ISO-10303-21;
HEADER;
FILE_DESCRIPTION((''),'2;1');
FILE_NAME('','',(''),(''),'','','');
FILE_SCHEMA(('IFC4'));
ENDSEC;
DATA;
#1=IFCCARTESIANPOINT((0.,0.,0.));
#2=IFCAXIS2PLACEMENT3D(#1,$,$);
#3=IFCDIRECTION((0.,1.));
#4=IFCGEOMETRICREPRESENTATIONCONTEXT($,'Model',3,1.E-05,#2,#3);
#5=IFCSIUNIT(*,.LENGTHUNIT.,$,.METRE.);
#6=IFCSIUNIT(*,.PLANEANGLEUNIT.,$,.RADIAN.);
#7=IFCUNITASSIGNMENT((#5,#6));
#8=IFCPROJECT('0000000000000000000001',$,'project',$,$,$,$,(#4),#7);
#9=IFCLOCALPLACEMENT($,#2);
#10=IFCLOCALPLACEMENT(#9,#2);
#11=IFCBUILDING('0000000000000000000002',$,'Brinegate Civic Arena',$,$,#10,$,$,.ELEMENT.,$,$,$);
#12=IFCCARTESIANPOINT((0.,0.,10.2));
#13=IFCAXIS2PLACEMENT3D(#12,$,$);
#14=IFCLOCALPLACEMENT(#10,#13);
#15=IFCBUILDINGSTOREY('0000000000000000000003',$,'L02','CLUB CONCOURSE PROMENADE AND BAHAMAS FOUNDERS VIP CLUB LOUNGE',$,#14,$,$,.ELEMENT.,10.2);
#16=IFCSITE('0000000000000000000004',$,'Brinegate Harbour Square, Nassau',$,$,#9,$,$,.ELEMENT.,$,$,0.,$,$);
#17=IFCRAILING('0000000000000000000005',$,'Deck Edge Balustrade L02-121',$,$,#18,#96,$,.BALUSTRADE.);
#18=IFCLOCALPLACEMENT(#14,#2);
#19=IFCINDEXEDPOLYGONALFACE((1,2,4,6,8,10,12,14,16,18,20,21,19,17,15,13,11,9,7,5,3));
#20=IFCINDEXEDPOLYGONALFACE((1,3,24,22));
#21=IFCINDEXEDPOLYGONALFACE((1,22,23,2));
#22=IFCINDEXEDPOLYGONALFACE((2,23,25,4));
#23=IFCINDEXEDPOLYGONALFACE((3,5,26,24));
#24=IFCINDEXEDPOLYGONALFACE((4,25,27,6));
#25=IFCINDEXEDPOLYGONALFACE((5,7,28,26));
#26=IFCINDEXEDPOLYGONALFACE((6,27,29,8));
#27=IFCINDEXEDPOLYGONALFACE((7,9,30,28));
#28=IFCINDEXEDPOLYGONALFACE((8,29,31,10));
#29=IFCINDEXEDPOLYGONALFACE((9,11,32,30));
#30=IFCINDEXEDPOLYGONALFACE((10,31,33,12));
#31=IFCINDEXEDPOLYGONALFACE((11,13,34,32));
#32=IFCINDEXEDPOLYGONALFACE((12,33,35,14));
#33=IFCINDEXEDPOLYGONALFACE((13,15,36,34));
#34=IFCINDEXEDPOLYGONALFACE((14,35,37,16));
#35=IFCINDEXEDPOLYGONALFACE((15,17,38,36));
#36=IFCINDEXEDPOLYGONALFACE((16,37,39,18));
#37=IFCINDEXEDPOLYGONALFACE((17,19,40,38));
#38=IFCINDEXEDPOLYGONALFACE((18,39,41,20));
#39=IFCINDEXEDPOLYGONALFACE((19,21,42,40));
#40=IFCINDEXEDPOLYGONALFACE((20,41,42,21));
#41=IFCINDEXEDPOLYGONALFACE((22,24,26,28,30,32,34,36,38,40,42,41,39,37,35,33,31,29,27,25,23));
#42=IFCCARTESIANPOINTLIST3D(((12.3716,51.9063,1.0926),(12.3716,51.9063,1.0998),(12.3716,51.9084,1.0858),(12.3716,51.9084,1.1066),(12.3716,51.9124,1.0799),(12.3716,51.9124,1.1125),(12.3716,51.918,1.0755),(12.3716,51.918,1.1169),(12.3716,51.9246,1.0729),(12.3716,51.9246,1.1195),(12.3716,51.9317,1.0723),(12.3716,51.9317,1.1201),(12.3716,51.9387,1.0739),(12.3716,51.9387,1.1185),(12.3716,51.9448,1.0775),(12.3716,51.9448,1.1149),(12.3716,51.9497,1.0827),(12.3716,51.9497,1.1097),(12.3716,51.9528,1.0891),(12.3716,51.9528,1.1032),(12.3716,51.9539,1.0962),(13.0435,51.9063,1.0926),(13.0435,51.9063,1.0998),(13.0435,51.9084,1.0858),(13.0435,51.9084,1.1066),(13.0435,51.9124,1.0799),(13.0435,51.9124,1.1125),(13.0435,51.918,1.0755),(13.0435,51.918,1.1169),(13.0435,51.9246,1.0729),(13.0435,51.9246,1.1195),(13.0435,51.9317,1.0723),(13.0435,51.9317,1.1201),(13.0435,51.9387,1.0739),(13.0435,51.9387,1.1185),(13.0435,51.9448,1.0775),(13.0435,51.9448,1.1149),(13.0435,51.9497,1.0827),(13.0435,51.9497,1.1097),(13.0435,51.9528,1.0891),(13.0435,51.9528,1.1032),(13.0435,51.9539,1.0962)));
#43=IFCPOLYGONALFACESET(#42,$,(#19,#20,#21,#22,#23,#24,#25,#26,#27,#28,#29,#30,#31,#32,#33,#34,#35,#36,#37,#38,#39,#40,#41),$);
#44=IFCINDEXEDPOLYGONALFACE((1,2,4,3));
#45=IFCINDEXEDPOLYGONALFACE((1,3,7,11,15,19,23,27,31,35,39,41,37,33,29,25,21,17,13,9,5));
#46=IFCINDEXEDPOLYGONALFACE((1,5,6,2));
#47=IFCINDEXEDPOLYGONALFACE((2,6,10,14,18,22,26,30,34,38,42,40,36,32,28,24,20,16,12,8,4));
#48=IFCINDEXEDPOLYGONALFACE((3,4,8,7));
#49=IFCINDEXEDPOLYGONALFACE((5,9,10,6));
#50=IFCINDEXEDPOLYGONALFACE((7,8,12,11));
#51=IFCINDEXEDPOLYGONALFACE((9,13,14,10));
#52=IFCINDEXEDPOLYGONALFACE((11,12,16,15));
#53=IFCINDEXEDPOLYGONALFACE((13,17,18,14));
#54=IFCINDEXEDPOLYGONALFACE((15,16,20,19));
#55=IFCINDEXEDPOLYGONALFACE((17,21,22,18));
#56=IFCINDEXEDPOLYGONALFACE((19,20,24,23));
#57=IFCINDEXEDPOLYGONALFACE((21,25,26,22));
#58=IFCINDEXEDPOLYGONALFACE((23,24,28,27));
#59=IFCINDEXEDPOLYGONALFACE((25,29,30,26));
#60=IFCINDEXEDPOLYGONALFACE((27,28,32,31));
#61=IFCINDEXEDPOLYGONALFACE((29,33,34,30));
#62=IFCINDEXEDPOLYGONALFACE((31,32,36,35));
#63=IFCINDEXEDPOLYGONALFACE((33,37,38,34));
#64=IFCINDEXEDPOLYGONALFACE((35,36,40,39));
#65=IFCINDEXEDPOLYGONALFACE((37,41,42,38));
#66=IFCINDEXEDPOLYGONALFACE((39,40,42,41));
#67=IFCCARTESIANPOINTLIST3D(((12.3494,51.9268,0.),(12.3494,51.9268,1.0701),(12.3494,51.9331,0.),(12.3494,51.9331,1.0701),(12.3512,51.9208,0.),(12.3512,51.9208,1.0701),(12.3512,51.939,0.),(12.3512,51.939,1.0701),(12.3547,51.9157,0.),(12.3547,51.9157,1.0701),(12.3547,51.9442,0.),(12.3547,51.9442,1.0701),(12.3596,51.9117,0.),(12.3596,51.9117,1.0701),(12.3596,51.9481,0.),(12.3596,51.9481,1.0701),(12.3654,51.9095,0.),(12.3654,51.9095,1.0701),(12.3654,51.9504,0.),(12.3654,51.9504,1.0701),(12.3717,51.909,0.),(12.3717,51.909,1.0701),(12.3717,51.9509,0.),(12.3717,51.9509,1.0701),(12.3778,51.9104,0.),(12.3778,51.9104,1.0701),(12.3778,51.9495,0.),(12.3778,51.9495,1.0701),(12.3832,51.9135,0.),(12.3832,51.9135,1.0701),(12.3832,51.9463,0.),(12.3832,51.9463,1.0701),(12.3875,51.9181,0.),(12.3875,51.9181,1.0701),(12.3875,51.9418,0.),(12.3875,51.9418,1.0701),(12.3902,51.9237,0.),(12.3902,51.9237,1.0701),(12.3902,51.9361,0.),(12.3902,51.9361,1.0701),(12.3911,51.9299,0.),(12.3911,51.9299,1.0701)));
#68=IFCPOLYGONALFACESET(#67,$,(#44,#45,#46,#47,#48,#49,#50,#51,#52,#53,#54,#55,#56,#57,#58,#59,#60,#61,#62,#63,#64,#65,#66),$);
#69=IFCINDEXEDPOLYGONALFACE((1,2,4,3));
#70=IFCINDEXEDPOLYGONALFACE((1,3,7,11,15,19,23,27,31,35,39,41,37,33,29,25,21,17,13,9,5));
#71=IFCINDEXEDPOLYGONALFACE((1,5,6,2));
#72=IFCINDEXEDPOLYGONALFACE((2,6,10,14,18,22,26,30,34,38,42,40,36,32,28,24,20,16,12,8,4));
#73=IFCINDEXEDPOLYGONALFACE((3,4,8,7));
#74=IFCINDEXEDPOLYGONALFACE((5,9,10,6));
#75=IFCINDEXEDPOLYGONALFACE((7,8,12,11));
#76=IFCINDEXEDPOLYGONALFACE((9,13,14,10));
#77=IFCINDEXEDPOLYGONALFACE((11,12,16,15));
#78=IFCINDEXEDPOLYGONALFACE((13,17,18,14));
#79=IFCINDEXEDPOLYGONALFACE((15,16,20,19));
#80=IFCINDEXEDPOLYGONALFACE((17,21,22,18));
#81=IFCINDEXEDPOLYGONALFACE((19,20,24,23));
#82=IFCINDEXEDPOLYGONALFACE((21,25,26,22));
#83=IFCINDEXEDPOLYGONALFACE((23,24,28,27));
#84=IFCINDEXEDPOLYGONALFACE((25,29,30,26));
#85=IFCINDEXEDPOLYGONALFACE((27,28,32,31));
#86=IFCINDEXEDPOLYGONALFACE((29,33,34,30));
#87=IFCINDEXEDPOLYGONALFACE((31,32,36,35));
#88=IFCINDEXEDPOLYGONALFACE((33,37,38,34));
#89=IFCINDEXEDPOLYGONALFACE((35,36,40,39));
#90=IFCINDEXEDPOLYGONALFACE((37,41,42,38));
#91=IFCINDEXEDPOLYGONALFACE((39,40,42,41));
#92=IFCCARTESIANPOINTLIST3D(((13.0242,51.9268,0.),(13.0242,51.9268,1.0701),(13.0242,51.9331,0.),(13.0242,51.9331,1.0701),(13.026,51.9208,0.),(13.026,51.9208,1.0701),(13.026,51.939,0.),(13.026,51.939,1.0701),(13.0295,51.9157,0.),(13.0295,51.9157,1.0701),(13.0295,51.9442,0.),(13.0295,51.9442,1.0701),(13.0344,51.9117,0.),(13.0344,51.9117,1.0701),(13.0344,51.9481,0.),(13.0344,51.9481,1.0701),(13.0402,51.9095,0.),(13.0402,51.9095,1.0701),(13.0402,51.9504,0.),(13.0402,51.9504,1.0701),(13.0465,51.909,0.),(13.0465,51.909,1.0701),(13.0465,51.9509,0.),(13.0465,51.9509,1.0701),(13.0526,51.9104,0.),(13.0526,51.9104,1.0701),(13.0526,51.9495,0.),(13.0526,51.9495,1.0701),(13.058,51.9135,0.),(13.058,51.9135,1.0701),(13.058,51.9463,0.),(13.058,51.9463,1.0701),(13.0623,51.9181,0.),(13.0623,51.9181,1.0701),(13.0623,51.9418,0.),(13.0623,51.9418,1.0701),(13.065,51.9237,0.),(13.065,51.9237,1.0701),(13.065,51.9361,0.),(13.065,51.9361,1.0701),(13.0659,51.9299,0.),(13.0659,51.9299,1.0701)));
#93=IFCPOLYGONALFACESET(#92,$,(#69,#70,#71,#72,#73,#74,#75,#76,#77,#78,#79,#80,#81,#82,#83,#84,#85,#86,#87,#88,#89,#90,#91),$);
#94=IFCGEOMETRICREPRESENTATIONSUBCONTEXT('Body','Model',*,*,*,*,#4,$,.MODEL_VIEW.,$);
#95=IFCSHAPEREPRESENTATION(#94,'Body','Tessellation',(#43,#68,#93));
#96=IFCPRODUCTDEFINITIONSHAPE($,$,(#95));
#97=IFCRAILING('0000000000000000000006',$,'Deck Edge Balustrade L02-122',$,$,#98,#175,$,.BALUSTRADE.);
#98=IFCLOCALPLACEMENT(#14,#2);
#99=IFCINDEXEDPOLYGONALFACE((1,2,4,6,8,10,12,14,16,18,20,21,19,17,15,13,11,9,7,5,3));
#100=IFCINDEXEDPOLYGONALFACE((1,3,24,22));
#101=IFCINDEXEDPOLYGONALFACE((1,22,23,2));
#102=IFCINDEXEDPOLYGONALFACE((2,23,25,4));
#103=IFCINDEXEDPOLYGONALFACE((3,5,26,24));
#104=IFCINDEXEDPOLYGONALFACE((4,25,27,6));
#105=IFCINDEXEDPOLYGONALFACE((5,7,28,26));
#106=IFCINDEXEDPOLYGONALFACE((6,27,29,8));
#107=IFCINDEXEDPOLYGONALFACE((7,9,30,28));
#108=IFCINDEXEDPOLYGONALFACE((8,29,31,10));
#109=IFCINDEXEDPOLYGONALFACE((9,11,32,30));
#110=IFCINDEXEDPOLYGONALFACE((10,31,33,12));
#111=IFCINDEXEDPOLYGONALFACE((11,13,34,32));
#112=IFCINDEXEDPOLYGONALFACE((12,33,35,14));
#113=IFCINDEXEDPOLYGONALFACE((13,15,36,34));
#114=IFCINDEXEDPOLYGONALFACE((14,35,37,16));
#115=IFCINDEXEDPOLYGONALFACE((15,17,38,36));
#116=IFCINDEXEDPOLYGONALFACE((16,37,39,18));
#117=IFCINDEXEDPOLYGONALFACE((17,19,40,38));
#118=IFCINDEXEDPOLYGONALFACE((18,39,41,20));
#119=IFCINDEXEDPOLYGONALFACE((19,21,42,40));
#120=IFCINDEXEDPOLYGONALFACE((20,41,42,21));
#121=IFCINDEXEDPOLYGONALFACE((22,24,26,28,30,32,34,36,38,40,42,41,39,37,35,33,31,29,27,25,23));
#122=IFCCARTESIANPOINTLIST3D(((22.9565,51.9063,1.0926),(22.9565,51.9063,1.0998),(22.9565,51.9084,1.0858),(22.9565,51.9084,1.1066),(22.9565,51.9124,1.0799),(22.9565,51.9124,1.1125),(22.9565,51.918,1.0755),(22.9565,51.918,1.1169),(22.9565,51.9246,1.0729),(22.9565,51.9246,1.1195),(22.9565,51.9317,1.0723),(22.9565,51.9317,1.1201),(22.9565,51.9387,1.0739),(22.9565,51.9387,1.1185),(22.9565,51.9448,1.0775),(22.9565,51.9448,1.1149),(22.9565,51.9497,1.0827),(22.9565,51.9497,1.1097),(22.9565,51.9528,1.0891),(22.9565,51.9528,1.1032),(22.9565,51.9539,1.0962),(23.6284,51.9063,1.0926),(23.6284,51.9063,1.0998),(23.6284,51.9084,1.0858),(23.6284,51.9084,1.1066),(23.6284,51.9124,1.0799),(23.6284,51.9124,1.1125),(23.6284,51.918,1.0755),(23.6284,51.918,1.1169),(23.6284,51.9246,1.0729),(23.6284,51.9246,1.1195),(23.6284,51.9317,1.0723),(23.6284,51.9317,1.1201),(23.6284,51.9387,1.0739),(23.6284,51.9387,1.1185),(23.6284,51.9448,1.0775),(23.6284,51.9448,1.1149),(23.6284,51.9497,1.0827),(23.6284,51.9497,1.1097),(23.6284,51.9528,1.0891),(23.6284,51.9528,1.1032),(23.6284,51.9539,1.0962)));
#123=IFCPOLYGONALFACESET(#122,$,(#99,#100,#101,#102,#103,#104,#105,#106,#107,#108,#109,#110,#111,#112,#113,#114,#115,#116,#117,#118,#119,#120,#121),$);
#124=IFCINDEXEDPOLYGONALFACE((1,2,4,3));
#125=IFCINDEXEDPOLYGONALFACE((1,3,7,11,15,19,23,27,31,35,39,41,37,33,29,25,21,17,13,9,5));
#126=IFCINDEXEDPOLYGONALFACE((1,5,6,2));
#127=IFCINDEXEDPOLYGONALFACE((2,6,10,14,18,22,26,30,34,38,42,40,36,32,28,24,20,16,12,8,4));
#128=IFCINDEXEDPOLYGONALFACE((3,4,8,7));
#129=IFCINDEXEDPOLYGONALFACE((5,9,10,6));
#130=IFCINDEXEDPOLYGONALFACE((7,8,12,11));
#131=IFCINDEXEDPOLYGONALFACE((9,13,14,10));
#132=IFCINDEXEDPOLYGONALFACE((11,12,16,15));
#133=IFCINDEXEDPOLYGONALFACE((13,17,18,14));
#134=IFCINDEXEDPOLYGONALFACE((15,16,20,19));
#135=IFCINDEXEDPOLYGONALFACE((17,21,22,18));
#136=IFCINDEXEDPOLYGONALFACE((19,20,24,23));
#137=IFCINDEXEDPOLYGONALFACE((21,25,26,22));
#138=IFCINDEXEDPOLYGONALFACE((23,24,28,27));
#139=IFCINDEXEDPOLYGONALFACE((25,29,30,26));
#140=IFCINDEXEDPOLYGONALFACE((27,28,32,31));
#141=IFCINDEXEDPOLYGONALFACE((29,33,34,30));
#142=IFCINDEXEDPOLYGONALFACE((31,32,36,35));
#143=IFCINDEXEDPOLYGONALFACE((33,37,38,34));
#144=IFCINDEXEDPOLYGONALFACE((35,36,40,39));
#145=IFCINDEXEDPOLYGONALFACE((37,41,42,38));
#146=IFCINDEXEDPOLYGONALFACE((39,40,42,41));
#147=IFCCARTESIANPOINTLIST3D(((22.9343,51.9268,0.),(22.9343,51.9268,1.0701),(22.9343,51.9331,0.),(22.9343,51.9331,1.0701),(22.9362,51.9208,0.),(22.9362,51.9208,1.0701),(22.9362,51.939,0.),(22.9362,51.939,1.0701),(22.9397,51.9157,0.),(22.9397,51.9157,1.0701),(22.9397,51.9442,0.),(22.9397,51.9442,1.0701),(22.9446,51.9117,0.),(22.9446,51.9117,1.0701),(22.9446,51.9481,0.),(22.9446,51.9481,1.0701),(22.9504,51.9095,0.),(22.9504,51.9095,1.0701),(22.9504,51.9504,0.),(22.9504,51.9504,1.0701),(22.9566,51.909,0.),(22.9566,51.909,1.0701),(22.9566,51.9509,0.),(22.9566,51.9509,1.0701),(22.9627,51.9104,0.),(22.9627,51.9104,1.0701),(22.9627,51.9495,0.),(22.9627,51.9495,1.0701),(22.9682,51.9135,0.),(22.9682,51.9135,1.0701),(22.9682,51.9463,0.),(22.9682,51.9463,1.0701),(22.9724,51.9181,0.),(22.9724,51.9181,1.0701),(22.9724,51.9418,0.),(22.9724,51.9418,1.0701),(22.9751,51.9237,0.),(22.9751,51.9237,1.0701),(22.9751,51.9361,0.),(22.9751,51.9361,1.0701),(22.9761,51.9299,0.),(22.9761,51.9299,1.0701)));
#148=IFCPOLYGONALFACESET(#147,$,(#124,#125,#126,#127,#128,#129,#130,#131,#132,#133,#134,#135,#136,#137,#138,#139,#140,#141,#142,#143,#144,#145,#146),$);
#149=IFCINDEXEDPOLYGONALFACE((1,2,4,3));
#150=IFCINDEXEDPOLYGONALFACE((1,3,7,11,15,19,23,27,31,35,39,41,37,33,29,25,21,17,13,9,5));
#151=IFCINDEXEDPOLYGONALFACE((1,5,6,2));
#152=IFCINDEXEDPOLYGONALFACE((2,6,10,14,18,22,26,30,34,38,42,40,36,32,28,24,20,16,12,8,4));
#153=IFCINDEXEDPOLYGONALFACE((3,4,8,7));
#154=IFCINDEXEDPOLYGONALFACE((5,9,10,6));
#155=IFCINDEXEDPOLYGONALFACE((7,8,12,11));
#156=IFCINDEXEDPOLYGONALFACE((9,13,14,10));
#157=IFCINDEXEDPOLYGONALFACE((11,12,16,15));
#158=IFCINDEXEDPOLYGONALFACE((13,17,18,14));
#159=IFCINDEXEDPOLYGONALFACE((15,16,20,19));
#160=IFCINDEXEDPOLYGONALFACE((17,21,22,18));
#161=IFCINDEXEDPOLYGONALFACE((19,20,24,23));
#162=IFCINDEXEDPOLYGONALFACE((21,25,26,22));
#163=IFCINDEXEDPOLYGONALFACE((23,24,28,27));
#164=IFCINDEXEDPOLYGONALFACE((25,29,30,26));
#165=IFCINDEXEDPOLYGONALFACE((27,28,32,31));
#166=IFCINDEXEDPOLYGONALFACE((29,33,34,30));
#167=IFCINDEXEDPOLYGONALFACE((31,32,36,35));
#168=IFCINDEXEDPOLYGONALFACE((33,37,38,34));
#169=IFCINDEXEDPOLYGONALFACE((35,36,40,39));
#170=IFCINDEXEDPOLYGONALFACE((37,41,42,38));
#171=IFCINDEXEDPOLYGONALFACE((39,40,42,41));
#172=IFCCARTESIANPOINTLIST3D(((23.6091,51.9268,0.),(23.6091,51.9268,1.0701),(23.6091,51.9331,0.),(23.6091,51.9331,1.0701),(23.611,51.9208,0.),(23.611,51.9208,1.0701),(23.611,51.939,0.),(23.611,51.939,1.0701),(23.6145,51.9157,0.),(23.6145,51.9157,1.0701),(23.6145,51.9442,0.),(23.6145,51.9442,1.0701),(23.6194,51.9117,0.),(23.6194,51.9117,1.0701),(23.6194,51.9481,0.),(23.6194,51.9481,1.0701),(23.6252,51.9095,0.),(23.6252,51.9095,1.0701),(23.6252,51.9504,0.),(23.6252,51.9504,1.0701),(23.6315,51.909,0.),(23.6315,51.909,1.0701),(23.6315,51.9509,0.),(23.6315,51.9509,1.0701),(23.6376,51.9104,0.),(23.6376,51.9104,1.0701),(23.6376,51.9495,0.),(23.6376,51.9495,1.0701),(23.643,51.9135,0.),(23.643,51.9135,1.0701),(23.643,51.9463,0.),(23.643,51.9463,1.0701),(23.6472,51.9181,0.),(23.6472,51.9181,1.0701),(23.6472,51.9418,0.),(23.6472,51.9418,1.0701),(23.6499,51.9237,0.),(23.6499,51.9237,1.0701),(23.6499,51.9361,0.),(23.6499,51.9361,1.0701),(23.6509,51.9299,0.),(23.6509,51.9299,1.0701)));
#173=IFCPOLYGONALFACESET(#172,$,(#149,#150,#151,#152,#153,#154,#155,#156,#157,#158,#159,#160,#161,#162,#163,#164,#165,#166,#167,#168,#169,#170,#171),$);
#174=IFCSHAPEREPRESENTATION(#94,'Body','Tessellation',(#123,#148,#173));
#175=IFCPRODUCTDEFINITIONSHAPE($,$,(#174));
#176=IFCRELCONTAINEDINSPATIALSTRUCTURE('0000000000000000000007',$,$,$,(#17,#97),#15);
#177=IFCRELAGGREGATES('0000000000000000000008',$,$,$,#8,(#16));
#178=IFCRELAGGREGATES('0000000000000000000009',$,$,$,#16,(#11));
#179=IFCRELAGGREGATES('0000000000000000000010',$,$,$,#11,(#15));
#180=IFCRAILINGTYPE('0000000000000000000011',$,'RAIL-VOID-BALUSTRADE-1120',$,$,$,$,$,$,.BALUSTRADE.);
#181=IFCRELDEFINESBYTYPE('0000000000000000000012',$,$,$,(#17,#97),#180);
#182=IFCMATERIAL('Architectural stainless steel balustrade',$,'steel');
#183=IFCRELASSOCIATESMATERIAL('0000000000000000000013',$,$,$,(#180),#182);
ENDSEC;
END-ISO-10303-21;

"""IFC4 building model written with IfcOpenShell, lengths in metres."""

from ifc_helpers import new_model, si_unit, direction, frame, origin, origin_2d, place, context, subcontext, project, spatial, circle, extrude, material, type_object, element, save


model = new_model("IFC4")

# Units and contexts
model_context = context("Model", 3, precision=1e-05, world=origin(), true_north=direction((0.0, 1.0)))
body_context = subcontext(model_context, "Body", "Model", "MODEL_VIEW")
ifc_project = project(units=[si_unit("LENGTHUNIT", "METRE"), si_unit("PLANEANGLEUNIT", "RADIAN")], contexts=[model_context])

# Site, building, storey
site_placement = place(None, origin())
site = spatial("IfcSite", under=ifc_project, at=site_placement, Name="Brinegate Harbour Square, Nassau", CompositionType="ELEMENT", RefElevation=0.0)
building_placement = place(site_placement, origin())
building = spatial("IfcBuilding", under=site, at=building_placement, Name="Brinegate Civic Arena", CompositionType="ELEMENT")
storey_placement = place(building_placement, frame((0.0, 0.0, 10.2)))
storey = spatial("IfcBuildingStorey", under=building, at=storey_placement, Name="L02", Description="CLUB CONCOURSE PROMENADE AND BAHAMAS FOUNDERS VIP CLUB LOUNGE", CompositionType="ELEMENT", Elevation=10.2)

# Railings
ifc_material_1 = material(Name="Architectural stainless steel balustrade", Category="steel")
railing_type = type_object("IfcRailingType", Name="RAIL-VOID-BALUSTRADE-1120", PredefinedType="BALUSTRADE", material=ifc_material_1)
for number, where, name in (
    (1, (12.3701, 51.9299, 0.0), "Deck Edge Balustrade L02-121"),
    (2, (22.9551, 51.9299, 0.0), "Deck Edge Balustrade L02-122"),
):
    element("IfcRailing", number, at=place(storey_placement, frame(where)), inside=storey, type_object=railing_type, Name=name, PredefinedType="BALUSTRADE", context=body_context, shape_type="SweptSolid", body=[
        extrude(circle(Radius=0.0239, at=origin_2d()), frame((0.0015, 0.0, 1.0962), z_axis=(1.0, 0.0, 0.0), x_axis=(0.0, 1.0, 0.0)), (0.0, 0.0, 1.0), 0.6719),
        extrude(circle(Radius=0.021, at=origin_2d()), origin(), (0.0, 0.0, 1.0), 1.0701),
        extrude(circle(Radius=0.021, at=origin_2d()), frame((0.6748, 0.0, 0.0)), (0.0, 0.0, 1.0), 1.0701),
    ])

save(model, "model.ifc")
